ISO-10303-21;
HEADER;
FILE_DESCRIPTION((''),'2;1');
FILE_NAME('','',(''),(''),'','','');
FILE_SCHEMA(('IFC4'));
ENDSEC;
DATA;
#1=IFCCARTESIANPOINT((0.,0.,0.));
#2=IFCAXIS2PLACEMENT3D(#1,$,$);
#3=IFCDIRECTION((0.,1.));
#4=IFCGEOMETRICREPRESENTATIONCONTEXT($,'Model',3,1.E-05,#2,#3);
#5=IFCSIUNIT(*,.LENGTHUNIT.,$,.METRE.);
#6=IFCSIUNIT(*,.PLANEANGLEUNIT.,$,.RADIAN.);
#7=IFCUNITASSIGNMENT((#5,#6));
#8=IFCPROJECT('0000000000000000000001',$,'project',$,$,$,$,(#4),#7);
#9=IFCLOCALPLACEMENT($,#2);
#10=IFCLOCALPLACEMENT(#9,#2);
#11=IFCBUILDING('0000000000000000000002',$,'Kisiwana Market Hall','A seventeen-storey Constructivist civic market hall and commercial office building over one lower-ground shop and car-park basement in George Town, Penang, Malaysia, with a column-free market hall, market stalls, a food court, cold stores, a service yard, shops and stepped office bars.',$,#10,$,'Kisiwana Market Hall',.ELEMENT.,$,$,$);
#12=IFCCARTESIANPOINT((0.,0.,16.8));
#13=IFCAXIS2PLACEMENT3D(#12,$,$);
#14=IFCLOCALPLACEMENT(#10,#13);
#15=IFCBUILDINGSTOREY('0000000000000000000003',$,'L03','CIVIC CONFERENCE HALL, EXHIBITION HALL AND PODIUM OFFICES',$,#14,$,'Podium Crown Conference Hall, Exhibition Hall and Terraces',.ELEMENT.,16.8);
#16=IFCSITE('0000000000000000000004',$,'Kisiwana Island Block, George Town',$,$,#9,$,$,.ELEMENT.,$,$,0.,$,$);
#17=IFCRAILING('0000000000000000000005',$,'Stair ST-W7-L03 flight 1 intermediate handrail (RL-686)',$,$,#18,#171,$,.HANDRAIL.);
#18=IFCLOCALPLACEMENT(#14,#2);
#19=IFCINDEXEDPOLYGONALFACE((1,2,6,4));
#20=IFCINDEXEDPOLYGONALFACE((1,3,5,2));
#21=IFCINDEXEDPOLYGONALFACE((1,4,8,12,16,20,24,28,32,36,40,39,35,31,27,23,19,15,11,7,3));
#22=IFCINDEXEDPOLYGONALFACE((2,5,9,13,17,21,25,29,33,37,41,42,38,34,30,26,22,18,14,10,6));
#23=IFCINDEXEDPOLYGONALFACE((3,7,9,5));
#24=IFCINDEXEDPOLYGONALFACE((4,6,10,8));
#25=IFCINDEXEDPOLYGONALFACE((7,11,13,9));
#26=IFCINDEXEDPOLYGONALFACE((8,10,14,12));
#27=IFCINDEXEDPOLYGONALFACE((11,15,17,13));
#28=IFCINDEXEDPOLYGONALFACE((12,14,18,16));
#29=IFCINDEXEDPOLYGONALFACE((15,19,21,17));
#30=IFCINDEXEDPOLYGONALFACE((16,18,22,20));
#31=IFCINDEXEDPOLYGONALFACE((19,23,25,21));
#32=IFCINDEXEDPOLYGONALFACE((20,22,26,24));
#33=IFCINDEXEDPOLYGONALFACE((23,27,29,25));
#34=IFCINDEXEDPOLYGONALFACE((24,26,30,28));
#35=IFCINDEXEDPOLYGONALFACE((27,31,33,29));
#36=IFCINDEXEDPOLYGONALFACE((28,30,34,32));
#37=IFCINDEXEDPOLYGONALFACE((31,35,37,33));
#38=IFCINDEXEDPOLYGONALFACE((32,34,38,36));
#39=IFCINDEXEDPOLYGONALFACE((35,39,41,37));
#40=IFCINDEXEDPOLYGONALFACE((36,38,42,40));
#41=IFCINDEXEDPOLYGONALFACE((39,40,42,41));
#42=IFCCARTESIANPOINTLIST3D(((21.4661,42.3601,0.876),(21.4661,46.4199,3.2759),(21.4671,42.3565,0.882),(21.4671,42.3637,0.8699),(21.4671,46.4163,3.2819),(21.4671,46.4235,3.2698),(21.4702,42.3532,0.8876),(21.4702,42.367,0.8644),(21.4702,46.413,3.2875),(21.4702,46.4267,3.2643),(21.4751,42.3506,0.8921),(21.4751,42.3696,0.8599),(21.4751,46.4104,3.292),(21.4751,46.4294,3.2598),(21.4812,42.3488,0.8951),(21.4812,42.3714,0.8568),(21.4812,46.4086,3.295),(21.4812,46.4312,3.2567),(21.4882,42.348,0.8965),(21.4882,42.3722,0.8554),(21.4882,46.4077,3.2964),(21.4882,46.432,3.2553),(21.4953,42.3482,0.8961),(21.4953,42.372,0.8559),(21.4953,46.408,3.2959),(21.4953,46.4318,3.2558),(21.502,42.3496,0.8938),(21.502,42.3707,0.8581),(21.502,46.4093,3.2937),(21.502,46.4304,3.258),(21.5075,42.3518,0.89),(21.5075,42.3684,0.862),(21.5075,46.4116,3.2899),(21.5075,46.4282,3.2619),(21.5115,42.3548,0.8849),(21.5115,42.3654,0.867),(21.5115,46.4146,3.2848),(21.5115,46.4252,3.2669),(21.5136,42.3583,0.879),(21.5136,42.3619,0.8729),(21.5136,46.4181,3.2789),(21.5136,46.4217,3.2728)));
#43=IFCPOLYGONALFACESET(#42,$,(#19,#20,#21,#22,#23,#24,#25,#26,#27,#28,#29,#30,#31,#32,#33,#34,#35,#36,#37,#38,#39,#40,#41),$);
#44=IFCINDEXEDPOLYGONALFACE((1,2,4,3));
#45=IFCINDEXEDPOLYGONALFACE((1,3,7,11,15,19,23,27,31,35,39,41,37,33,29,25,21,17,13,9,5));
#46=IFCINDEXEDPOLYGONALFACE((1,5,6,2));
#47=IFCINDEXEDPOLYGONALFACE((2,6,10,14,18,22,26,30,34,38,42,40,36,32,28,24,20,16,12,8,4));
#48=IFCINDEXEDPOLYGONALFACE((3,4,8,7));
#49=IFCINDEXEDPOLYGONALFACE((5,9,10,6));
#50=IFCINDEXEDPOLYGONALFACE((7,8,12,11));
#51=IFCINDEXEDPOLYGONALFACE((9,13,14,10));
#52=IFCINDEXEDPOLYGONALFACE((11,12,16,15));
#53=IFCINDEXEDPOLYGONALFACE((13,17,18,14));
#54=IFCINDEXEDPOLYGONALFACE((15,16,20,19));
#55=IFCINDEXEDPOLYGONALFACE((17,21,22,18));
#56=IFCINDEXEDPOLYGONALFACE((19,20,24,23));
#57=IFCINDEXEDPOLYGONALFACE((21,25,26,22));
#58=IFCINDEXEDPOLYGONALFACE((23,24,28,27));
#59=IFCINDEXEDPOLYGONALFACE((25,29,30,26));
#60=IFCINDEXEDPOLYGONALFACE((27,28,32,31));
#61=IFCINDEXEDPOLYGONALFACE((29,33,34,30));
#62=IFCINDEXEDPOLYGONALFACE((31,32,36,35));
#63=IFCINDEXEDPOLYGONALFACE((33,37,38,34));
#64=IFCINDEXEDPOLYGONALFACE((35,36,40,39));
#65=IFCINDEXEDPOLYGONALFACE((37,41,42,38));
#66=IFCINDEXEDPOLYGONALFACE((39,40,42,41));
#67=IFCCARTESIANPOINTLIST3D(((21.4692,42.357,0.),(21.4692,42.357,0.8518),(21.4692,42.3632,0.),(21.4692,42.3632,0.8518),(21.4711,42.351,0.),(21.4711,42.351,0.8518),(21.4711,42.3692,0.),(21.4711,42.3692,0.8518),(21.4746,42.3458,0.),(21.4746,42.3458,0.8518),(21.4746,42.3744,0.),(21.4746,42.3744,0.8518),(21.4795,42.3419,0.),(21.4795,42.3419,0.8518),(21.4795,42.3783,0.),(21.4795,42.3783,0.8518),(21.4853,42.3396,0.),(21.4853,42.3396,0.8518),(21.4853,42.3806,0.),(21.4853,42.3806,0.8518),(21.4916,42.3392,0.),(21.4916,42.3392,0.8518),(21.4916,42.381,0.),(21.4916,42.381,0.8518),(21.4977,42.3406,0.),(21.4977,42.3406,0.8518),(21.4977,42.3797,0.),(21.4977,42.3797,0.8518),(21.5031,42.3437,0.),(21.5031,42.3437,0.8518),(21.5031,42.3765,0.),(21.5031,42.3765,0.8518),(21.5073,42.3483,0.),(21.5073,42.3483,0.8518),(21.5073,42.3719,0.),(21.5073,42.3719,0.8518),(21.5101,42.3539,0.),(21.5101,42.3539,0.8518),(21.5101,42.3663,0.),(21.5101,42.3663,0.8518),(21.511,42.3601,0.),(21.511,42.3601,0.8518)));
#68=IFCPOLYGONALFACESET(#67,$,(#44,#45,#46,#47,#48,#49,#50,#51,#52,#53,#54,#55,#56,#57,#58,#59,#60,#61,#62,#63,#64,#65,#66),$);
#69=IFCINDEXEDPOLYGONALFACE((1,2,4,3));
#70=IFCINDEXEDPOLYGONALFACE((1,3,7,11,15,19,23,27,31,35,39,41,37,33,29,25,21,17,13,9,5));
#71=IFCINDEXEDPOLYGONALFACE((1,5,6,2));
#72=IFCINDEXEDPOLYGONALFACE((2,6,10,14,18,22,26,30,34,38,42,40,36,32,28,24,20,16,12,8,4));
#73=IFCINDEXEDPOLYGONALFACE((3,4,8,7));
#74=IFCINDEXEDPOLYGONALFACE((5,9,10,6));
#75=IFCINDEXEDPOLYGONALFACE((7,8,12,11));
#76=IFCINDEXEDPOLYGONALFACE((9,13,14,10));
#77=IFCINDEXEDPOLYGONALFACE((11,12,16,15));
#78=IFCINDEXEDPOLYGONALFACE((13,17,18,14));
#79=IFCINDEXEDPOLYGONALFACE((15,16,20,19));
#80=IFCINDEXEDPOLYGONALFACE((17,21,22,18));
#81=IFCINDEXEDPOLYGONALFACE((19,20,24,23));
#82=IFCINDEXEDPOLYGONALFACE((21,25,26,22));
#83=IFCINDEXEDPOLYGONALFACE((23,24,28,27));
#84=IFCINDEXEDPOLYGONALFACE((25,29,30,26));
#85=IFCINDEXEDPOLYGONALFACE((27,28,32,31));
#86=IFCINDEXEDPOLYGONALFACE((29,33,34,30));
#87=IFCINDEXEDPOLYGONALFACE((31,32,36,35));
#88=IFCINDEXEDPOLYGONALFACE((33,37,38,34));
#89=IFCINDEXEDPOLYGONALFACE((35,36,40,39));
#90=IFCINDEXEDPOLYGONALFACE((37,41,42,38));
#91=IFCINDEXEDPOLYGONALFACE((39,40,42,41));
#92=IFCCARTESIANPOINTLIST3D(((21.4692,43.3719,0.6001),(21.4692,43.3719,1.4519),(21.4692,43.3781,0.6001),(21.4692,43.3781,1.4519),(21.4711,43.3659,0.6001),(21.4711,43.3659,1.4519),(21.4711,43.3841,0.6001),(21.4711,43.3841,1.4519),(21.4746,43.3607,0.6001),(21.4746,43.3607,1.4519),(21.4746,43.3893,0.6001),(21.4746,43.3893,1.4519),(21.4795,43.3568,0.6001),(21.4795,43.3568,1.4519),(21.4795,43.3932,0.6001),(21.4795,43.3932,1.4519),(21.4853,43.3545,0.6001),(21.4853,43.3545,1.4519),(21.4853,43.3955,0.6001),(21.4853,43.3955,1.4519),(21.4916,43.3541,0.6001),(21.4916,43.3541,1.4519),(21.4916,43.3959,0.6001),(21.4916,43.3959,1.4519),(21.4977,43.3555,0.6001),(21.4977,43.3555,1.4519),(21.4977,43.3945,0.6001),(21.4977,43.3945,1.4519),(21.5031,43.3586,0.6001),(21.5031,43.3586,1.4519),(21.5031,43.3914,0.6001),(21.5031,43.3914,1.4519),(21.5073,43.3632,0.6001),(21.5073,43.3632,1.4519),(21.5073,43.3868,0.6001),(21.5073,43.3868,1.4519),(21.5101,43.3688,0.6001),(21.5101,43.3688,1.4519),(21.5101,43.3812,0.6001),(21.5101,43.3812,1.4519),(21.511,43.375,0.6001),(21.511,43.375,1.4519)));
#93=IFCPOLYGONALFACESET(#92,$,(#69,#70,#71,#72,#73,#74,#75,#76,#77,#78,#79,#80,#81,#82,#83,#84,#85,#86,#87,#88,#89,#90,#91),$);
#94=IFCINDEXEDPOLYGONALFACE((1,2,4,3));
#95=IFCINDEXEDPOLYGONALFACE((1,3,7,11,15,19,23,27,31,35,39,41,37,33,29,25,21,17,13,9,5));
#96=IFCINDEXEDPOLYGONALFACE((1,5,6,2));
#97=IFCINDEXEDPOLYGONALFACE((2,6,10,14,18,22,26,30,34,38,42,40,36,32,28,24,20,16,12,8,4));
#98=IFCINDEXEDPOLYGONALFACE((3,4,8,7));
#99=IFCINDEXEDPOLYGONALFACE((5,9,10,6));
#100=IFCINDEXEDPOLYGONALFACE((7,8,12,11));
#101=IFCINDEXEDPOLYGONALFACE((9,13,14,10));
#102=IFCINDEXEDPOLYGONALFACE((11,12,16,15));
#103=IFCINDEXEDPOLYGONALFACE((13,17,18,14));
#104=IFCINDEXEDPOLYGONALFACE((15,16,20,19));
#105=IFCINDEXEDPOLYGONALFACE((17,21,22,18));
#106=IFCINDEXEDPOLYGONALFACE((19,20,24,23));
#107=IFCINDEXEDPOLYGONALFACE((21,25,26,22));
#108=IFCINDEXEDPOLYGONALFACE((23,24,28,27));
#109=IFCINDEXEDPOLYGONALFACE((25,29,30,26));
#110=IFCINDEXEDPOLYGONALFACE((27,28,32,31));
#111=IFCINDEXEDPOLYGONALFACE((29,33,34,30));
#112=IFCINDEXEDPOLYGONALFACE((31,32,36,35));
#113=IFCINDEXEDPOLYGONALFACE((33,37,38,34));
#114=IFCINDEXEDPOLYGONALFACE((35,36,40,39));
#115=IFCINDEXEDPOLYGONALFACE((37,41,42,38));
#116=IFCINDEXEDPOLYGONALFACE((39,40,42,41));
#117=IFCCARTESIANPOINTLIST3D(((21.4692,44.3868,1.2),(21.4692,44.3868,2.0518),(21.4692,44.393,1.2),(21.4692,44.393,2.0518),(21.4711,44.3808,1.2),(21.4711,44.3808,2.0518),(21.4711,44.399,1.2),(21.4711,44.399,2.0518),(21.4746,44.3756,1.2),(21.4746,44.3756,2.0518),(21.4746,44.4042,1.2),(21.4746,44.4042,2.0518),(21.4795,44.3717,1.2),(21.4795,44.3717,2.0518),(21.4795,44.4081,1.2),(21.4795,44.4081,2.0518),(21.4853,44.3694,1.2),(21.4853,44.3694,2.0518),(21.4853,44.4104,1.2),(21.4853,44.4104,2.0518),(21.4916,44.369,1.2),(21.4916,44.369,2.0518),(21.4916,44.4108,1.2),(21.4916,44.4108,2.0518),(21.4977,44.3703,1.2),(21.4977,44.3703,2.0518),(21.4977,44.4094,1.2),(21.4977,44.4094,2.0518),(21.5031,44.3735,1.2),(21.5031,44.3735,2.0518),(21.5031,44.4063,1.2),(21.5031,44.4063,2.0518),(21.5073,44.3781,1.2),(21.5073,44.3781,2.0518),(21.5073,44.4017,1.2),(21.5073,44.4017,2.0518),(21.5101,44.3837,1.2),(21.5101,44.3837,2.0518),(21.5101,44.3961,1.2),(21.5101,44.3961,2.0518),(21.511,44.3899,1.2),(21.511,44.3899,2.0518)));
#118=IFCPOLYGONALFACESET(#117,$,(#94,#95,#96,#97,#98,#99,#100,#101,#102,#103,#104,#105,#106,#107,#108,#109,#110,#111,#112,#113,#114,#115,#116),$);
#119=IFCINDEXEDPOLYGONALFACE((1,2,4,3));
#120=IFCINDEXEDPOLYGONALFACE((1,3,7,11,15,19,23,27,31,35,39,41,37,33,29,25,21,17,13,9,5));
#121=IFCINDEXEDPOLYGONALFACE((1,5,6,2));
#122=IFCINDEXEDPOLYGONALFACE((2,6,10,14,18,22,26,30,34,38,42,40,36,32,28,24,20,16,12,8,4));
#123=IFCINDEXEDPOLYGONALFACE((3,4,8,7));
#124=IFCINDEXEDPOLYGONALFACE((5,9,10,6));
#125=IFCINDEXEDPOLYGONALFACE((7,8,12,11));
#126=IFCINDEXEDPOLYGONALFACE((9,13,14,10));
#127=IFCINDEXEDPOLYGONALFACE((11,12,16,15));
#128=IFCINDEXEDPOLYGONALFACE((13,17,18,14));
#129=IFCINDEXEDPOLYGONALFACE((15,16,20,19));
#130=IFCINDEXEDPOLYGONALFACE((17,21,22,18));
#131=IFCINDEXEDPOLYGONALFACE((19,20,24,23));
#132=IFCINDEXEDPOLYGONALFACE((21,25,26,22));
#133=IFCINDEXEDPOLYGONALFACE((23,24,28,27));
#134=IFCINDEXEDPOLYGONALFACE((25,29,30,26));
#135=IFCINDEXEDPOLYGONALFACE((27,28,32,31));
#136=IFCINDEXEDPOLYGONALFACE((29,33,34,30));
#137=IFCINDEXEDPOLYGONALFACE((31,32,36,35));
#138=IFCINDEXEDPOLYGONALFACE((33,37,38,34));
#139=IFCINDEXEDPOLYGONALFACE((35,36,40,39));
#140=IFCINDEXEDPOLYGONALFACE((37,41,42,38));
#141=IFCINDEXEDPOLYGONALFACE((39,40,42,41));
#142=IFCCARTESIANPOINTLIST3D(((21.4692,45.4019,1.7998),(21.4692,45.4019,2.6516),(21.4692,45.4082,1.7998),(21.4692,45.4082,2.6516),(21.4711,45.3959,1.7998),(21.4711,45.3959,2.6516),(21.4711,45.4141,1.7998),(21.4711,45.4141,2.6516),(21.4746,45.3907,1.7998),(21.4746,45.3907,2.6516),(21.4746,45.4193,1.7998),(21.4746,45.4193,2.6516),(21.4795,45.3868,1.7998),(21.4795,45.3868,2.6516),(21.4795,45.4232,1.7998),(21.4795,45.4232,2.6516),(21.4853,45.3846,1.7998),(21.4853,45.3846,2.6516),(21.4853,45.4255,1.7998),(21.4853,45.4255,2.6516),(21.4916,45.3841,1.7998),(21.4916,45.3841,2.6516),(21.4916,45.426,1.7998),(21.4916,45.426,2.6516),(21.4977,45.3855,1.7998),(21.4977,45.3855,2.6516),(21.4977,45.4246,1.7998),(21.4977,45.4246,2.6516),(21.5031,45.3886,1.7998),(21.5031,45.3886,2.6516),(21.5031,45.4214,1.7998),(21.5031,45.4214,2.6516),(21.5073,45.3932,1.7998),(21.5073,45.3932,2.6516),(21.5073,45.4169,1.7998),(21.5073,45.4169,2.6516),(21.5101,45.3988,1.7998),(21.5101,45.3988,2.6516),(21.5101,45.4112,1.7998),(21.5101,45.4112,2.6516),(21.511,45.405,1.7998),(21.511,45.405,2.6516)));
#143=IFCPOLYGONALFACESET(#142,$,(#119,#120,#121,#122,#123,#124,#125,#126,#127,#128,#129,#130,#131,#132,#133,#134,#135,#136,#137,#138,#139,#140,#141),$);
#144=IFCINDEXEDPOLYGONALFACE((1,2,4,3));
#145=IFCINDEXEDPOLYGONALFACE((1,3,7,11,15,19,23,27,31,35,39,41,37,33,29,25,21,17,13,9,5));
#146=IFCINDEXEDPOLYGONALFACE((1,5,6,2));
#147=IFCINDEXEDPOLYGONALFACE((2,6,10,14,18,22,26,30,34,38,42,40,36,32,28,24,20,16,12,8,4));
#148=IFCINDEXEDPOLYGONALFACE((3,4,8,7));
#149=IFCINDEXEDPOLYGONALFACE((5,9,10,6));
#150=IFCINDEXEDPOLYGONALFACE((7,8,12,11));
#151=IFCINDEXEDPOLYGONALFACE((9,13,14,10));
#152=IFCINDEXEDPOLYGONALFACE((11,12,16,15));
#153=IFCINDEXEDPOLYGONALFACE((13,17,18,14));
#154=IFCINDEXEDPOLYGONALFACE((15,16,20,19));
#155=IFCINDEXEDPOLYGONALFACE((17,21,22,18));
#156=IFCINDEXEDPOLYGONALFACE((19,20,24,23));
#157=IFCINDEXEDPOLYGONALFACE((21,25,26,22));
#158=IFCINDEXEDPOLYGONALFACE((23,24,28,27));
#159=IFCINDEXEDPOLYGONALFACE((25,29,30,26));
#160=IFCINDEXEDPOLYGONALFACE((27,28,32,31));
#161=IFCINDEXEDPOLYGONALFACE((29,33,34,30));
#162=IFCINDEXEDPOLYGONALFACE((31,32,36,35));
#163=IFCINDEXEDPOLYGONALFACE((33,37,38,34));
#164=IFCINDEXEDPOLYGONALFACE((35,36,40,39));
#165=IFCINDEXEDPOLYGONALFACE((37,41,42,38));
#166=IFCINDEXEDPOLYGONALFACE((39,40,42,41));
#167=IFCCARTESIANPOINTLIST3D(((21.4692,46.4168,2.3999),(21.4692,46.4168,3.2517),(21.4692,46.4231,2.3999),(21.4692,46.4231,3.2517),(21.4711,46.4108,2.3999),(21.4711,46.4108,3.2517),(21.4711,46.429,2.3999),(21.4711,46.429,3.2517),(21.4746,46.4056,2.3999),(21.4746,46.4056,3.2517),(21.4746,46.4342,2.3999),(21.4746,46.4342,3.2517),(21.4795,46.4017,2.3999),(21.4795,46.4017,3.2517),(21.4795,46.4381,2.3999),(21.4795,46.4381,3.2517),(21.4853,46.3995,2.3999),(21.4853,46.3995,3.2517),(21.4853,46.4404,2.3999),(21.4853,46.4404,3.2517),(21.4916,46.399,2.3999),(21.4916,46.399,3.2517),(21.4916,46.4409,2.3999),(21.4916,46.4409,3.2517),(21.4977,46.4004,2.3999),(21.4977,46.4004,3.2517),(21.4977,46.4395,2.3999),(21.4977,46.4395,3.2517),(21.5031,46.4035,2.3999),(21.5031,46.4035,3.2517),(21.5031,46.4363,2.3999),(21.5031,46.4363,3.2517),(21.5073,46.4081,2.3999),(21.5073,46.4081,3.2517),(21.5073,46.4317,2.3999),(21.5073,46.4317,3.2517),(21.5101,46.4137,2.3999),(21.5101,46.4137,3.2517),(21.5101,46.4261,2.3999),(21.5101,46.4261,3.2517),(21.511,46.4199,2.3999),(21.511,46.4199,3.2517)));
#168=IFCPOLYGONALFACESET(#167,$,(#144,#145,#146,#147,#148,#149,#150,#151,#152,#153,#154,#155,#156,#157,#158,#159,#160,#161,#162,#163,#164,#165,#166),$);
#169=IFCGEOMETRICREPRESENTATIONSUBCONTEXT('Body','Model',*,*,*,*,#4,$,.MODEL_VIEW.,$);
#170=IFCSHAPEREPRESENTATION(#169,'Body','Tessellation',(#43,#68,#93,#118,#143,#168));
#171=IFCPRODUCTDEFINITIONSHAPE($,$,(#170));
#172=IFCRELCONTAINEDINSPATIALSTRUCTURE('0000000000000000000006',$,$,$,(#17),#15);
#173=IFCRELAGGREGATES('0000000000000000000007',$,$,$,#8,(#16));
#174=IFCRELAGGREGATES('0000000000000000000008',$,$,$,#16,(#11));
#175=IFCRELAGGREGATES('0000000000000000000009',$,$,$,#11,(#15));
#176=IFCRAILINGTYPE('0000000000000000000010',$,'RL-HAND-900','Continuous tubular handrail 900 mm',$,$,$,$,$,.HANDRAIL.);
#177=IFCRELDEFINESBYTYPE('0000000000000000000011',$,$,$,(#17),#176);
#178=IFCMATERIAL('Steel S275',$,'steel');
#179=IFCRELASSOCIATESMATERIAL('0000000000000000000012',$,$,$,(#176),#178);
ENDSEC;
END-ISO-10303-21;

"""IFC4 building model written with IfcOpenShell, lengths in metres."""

from ifc_helpers import new_model, si_unit, direction, frame, origin, origin_2d, place, context, subcontext, project, spatial, circle, extrude, material, type_object, element, save


model = new_model("IFC4")

# Units and contexts
model_context = context("Model", 3, precision=1e-05, world=origin(), true_north=direction((0.0, 1.0)))
body_context = subcontext(model_context, "Body", "Model", "MODEL_VIEW")
ifc_project = project(units=[si_unit("LENGTHUNIT", "METRE"), si_unit("PLANEANGLEUNIT", "RADIAN")], contexts=[model_context])

# Site, building, storey
site_placement = place(None, origin())
site = spatial("IfcSite", under=ifc_project, at=site_placement, Name="Kisiwana Island Block, George Town", CompositionType="ELEMENT", RefElevation=0.0)
building_placement = place(site_placement, origin())
building = spatial("IfcBuilding", under=site, at=building_placement, Name="Kisiwana Market Hall", Description="A seventeen-storey Constructivist civic market hall and commercial office building over one lower-ground shop and car-park basement in George Town, Penang, Malaysia, with a column-free market hall, market stalls, a food court, cold stores, a service yard, shops and stepped office bars.", LongName="Kisiwana Market Hall", CompositionType="ELEMENT")
storey_placement = place(building_placement, frame((0.0, 0.0, 16.8)))
storey = spatial("IfcBuildingStorey", under=building, at=storey_placement, Name="L03", Description="CIVIC CONFERENCE HALL, EXHIBITION HALL AND PODIUM OFFICES", LongName="Podium Crown Conference Hall, Exhibition Hall and Terraces", CompositionType="ELEMENT", Elevation=16.8)

# Railing
ifc_material_1 = material(Name="Steel S275", Category="steel")
railing_type_1 = type_object("IfcRailingType", Name="RL-HAND-900", Description="Continuous tubular handrail 900 mm", PredefinedType="HANDRAIL", material=ifc_material_1)
railing_1_placement = place(storey_placement, frame((21.49, 42.3601, 0.0)))
element("IfcRailing", 1, at=railing_1_placement, inside=storey, type_object=railing_type_1, Name="Stair ST-W7-L03 flight 1 intermediate handrail (RL-686)", PredefinedType="HANDRAIL", context=body_context, shape_type="SweptSolid", body=[
    extrude(circle(Radius=0.0239, at=origin_2d()), frame((0.0, 0.0, 0.876), z_axis=(0.0, 0.860841, 0.508874), x_axis=(-1.0, 0.0, 0.0)), (0.0, 0.0, 1.0), 4.7161),
    extrude(circle(Radius=0.021, at=origin_2d()), origin(), (0.0, 0.0, 1.0), 0.8518),
    extrude(circle(Radius=0.021, at=origin_2d()), frame((0.0, 1.0149, 0.6001)), (0.0, 0.0, 1.0), 0.8518),
    extrude(circle(Radius=0.021, at=origin_2d()), frame((0.0, 2.0298, 1.2)), (0.0, 0.0, 1.0), 0.8518),
    extrude(circle(Radius=0.021, at=origin_2d()), frame((0.0, 3.0449, 1.7998)), (0.0, 0.0, 1.0), 0.8518),
    extrude(circle(Radius=0.021, at=origin_2d()), frame((0.0, 4.0598, 2.3999)), (0.0, 0.0, 1.0), 0.8518),
])

save(model, "model.ifc")
